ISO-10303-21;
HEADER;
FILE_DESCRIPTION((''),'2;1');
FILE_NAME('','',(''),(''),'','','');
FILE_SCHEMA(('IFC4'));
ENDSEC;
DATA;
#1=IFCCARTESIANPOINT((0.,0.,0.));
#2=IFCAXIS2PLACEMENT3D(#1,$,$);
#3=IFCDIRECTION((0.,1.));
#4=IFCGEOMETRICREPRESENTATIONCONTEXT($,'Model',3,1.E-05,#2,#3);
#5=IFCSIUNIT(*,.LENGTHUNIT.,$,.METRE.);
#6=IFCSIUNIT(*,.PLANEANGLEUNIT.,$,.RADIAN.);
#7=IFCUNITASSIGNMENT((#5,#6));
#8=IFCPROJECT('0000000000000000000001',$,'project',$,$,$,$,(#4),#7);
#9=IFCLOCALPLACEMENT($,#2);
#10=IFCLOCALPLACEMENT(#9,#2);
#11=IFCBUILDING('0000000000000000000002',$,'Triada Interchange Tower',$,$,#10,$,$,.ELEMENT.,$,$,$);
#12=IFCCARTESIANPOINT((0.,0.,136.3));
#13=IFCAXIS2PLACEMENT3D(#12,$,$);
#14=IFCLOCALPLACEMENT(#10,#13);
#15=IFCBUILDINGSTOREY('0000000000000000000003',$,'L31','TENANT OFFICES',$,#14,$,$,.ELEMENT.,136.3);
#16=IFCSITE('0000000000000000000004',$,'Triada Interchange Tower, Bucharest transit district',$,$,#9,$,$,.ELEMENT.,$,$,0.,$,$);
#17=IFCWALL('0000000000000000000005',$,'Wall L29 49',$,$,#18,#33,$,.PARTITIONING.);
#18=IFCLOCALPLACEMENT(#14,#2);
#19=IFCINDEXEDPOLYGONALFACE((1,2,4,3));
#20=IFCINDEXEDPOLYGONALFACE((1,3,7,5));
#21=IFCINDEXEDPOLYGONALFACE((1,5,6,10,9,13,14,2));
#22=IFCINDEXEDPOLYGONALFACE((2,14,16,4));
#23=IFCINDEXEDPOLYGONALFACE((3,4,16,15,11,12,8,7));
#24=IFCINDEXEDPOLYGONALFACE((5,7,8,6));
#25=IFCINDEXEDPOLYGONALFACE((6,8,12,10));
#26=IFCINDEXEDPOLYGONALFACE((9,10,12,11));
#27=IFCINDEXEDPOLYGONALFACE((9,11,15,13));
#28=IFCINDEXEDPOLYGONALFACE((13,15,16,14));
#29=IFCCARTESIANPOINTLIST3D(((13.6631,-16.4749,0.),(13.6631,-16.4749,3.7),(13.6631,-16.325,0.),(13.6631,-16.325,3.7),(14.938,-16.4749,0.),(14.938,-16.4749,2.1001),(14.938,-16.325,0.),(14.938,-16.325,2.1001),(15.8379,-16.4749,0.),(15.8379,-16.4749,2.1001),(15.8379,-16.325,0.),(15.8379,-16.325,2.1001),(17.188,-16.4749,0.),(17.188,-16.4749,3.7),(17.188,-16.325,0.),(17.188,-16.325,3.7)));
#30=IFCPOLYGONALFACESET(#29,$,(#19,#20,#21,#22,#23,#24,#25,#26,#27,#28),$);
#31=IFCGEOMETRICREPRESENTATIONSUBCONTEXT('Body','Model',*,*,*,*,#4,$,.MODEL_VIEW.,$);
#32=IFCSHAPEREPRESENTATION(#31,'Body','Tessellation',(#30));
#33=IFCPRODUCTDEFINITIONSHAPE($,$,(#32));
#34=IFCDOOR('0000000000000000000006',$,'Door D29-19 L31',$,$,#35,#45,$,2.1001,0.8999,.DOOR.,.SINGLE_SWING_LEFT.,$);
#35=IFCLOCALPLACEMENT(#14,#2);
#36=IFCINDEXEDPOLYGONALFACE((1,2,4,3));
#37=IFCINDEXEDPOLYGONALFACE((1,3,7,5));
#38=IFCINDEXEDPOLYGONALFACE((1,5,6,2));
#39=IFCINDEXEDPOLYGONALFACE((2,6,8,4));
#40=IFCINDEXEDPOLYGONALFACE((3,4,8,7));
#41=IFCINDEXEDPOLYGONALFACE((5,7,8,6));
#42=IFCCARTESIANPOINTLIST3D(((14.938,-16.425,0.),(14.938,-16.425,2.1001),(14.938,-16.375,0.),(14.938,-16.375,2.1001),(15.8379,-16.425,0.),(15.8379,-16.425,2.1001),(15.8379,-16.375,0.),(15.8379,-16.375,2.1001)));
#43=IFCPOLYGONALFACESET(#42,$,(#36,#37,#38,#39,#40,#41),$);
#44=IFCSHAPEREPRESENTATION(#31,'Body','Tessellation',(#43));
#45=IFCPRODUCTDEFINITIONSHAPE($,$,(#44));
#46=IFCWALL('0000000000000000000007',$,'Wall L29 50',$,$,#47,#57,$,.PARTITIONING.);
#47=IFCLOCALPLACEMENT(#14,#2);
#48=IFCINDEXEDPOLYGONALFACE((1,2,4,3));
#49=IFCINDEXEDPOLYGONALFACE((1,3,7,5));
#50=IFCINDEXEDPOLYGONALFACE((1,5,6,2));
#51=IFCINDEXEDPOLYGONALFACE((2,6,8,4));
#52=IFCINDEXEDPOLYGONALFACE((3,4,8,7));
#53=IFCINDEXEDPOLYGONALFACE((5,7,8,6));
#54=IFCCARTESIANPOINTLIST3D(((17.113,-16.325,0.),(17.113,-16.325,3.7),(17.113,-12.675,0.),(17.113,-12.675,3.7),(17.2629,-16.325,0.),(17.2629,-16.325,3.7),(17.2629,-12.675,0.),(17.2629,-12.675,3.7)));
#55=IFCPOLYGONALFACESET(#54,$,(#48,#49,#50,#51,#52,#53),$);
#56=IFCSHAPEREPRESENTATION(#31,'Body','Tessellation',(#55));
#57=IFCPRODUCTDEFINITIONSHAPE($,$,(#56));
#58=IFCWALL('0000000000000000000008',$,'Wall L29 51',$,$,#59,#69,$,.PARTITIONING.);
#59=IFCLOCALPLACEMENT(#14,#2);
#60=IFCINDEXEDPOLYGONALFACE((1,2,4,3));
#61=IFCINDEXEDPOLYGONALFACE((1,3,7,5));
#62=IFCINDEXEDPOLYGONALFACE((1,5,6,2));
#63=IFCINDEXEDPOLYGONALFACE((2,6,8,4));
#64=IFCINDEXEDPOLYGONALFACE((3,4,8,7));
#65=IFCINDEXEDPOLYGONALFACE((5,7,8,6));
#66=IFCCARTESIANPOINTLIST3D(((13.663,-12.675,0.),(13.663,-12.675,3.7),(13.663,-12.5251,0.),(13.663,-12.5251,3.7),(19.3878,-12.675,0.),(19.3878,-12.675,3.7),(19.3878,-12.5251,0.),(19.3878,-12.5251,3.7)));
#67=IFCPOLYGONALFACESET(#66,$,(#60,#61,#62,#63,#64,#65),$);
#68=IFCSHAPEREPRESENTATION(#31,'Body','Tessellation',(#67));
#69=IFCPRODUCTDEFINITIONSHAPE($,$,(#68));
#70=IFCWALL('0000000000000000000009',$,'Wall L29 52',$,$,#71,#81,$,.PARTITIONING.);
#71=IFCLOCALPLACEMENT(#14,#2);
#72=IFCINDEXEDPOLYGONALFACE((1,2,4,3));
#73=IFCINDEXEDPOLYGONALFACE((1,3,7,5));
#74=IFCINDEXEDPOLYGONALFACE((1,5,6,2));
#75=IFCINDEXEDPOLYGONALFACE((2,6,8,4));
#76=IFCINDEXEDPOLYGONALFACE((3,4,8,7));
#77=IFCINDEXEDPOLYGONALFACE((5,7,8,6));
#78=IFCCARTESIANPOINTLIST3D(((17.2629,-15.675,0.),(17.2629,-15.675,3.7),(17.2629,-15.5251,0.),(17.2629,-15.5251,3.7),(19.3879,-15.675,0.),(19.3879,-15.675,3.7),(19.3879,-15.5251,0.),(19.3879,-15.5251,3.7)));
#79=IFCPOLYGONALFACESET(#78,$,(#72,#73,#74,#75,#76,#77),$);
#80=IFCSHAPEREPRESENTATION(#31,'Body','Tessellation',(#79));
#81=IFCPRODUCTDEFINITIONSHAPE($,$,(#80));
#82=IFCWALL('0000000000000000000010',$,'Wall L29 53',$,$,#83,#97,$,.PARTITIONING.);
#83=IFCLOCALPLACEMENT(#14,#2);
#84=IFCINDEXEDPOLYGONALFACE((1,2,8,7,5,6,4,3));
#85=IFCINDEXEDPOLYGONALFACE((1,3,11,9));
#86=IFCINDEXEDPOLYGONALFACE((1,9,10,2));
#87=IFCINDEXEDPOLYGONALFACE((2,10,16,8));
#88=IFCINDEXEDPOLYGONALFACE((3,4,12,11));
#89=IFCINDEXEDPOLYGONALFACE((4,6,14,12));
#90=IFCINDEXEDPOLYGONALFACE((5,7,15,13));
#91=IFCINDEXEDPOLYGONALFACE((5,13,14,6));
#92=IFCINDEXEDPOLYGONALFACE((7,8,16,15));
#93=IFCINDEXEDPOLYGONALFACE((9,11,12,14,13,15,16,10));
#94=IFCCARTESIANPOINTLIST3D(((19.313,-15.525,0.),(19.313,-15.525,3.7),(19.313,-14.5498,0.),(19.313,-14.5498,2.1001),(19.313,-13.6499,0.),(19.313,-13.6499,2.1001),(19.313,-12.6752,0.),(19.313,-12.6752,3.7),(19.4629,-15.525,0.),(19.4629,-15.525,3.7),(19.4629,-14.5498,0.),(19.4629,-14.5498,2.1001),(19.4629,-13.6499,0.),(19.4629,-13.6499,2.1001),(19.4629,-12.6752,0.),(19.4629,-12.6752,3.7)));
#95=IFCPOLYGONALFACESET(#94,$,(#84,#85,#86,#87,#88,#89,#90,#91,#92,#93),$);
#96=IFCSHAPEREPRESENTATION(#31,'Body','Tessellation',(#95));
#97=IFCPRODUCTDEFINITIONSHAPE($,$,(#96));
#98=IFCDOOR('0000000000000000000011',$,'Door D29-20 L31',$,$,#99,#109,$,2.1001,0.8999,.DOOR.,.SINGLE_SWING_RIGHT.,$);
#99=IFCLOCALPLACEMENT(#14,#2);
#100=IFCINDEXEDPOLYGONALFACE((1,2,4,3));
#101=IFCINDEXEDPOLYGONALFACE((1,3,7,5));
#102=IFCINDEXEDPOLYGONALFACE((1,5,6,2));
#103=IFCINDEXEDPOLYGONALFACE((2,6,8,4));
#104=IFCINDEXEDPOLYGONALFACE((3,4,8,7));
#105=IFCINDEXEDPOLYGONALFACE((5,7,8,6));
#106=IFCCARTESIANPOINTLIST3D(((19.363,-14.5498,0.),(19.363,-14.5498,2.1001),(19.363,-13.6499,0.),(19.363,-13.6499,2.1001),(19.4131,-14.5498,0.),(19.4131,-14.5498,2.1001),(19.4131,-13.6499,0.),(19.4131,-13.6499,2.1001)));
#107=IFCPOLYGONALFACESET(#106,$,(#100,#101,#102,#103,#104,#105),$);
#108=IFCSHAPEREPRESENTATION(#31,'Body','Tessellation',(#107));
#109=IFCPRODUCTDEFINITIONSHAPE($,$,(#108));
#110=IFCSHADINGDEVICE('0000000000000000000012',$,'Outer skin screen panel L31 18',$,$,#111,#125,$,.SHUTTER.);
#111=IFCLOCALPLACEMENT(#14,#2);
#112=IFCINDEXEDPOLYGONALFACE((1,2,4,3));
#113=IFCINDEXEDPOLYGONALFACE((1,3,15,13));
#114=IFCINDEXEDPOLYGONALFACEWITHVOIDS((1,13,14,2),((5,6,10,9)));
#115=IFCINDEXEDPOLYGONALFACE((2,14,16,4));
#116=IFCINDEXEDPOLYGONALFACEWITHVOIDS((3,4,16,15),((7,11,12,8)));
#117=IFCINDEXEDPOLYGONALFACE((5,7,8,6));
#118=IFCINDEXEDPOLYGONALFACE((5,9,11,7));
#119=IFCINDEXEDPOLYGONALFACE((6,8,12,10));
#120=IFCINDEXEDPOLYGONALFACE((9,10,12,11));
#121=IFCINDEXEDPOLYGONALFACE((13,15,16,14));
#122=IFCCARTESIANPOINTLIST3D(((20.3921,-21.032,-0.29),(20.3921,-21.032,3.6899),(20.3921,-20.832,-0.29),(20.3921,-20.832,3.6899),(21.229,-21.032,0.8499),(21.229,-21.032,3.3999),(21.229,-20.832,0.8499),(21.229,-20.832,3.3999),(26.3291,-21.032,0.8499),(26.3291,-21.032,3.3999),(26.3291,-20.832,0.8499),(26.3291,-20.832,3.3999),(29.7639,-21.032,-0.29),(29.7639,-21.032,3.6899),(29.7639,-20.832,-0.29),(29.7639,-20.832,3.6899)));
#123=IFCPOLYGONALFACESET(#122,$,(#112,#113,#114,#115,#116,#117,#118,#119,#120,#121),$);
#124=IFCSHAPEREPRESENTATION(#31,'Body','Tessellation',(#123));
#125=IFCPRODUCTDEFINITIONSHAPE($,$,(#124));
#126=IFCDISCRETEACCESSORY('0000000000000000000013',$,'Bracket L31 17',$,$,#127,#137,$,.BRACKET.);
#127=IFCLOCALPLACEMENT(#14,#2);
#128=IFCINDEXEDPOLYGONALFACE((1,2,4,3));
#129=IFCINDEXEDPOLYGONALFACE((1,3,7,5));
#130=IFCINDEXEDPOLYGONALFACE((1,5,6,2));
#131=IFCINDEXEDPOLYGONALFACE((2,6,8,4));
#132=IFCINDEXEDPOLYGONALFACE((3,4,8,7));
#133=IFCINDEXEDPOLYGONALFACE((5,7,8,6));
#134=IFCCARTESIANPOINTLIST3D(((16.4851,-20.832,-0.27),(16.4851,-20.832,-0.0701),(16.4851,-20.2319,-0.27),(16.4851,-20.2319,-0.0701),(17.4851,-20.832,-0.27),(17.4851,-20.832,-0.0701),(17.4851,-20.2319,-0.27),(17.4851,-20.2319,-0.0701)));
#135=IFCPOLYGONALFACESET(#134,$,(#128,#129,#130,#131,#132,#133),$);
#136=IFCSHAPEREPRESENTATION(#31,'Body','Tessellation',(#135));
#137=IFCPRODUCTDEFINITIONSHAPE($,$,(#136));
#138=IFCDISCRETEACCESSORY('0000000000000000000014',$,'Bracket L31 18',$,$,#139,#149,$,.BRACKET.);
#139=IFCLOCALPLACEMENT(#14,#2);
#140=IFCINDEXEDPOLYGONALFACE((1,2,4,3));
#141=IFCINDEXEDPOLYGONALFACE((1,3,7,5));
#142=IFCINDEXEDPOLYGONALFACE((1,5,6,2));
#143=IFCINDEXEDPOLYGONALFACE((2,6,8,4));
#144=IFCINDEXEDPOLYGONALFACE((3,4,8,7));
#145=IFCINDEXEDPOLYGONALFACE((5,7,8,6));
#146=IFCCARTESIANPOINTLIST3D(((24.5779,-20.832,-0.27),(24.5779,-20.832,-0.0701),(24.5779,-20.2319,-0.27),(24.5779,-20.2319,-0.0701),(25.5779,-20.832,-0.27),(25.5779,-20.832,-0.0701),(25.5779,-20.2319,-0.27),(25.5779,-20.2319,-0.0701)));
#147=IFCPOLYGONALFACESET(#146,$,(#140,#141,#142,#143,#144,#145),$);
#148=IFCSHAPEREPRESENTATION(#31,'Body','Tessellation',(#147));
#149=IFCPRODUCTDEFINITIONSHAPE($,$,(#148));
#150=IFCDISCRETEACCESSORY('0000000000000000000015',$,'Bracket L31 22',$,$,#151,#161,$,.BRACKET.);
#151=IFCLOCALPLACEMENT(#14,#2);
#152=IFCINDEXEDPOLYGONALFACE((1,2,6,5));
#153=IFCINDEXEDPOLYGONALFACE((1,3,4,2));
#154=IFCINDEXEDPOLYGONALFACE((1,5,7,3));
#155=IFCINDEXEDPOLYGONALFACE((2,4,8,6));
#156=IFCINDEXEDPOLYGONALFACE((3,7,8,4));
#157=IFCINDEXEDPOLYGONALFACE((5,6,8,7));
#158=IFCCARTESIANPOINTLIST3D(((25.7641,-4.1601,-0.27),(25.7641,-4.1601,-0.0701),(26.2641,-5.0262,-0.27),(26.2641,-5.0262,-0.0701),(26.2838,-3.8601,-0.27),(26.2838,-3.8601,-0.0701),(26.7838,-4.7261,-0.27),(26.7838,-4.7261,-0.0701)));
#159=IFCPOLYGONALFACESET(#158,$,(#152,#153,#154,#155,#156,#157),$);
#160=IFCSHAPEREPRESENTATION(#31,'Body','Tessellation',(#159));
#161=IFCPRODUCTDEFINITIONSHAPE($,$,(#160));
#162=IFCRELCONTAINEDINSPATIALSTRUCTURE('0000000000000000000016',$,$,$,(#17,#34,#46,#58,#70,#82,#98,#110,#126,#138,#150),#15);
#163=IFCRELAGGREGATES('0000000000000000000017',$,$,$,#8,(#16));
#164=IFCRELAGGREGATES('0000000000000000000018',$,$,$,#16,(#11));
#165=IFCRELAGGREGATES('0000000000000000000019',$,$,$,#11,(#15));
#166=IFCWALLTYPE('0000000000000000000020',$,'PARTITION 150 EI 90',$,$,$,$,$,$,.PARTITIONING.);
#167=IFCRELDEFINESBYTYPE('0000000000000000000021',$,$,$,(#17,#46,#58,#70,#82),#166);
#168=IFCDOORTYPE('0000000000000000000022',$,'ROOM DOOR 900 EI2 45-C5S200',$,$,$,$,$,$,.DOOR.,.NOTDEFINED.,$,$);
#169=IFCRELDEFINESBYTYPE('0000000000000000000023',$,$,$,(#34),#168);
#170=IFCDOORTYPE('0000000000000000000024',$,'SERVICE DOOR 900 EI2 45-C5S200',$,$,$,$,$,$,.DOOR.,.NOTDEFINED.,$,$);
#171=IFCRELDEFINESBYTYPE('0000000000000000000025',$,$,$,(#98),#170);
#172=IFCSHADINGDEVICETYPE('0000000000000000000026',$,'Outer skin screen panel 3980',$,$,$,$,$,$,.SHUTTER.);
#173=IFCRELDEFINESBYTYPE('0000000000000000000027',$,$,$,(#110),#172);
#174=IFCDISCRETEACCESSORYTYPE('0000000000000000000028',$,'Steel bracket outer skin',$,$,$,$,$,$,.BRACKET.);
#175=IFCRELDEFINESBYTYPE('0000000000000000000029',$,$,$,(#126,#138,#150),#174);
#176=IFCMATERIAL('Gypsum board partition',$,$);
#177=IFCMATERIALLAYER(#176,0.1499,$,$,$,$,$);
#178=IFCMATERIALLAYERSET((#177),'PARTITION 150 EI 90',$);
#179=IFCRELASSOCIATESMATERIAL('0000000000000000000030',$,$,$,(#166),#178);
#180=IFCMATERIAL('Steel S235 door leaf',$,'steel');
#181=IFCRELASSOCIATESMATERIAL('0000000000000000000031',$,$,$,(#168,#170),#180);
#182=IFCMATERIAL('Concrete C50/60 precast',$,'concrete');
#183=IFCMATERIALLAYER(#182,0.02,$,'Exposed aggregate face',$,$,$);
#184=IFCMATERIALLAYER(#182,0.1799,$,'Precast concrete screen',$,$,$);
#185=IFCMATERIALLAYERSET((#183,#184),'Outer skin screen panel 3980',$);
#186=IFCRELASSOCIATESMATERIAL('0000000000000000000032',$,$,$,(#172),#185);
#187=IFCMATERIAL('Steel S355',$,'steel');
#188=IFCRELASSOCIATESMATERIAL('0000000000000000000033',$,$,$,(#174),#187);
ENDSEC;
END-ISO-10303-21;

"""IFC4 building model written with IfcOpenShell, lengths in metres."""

from ifc_helpers import new_model, si_unit, direction, frame, frame_2d, origin, origin_2d, place, context, subcontext, project, spatial, polyline, rectangle, outline, extrude, material, layer, layer_set, type_object, element, fill, save


model = new_model("IFC4")

# Units and contexts
model_context = context("Model", 3, precision=1e-05, world=origin(), true_north=direction((0.0, 1.0)))
body_context = subcontext(model_context, "Body", "Model", "MODEL_VIEW")
ifc_project = project(units=[si_unit("LENGTHUNIT", "METRE"), si_unit("PLANEANGLEUNIT", "RADIAN")], contexts=[model_context])

# Site, building, storey
site_placement = place(None, origin())
site = spatial("IfcSite", under=ifc_project, at=site_placement, Name="Triada Interchange Tower, Bucharest transit district", CompositionType="ELEMENT", RefElevation=0.0)
building_placement = place(site_placement, origin())
building = spatial("IfcBuilding", under=site, at=building_placement, Name="Triada Interchange Tower", CompositionType="ELEMENT")
storey_placement = place(building_placement, frame((0.0, 0.0, 136.3)))
storey = spatial("IfcBuildingStorey", under=building, at=storey_placement, Name="L31", Description="TENANT OFFICES", CompositionType="ELEMENT", Elevation=136.3)

# Shared definitions
ifc_material_1 = material(Name="Gypsum board partition")

# Wall, opening, door
ifc_layer_1 = layer(ifc_material_1, 0.1499)
ifc_layer_set_1 = layer_set([ifc_layer_1], Name="PARTITION 150 EI 90")
wall_type_1 = type_object("IfcWallType", Name="PARTITION 150 EI 90", PredefinedType="PARTITIONING", material=ifc_layer_set_1)
wall_1_placement = place(storey_placement, frame((13.6631, -16.3999, 0.0), z_axis=(0.0, 0.0, 1.0), x_axis=(1.0, 0.0, 0.0)))
wall_1 = element("IfcWall", 1, at=wall_1_placement, inside=storey, type_object=wall_type_1, Name="Wall L29 49", PredefinedType="PARTITIONING", context=body_context, shape_type="SweptSolid", body=[
    extrude(rectangle(XDim=3.5249, YDim=0.1499, at=frame_2d((1.7625, 0.0))), origin(), (0.0, 0.0, 1.0), 3.7),
])
opening_1_placement = place(wall_1_placement, frame((1.2749, 0.0, 0.0)))
opening_1 = element("IfcOpeningElement", 2, at=opening_1_placement, cuts=wall_1, PredefinedType="OPENING", context=body_context, shape_type="SweptSolid", body=[
    extrude(rectangle(XDim=0.8999, YDim=2.1001, at=frame_2d((0.45, 1.05))), frame((0.0, 0.085, 0.0), z_axis=(0.0, -1.0, 0.0), x_axis=(1.0, 0.0, 0.0)), (0.0, 0.0, 1.0), 0.1699),
])
ifc_material_2 = material(Name="Steel S235 door leaf", Category="steel")
door_type_1 = type_object("IfcDoorType", Name="ROOM DOOR 900 EI2 45-C5S200", OperationType="NOTDEFINED", PredefinedType="DOOR", material=ifc_material_2)
door_1_placement = place(opening_1_placement, origin())
door_1 = element("IfcDoor", 3, at=door_1_placement, inside=storey, type_object=door_type_1, Name="Door D29-19 L31", OperationType="SINGLE_SWING_LEFT", OverallHeight=2.1001, OverallWidth=0.8999, PredefinedType="DOOR", context=body_context, shape_type="SweptSolid", body=[
    extrude(rectangle(XDim=0.8999, YDim=2.1001, at=frame_2d((0.45, 1.05))), frame((0.0, 0.0249, 0.0), z_axis=(0.0, -1.0, 0.0), x_axis=(1.0, 0.0, 0.0)), (0.0, 0.0, 1.0), 0.05),
])
fill(opening_1, door_1)

# Walls
wall_2_placement = place(storey_placement, frame((17.188, -16.325, 0.0), z_axis=(0.0, 0.0, 1.0), x_axis=(0.0, 1.0, 0.0)))
element("IfcWall", 4, at=wall_2_placement, inside=storey, type_object=wall_type_1, Name="Wall L29 50", PredefinedType="PARTITIONING", context=body_context, shape_type="SweptSolid", body=[
    extrude(rectangle(XDim=3.6499, YDim=0.1499, at=frame_2d((1.825, 0.0))), origin(), (0.0, 0.0, 1.0), 3.7),
])
wall_3_placement = place(storey_placement, frame((13.6631, -12.6001, 0.0), z_axis=(0.0, 0.0, 1.0), x_axis=(1.0, 0.0, 0.0)))
element("IfcWall", 5, at=wall_3_placement, inside=storey, type_object=wall_type_1, Name="Wall L29 51", PredefinedType="PARTITIONING", context=body_context, shape_type="SweptSolid", body=[
    extrude(rectangle(XDim=5.7249, YDim=0.1499, at=frame_2d((2.8623, 0.0))), origin(), (0.0, 0.0, 1.0), 3.7),
])
wall_4_placement = place(storey_placement, frame((17.2629, -15.6001, 0.0), z_axis=(0.0, 0.0, 1.0), x_axis=(1.0, 0.0, 0.0)))
element("IfcWall", 6, at=wall_4_placement, inside=storey, type_object=wall_type_1, Name="Wall L29 52", PredefinedType="PARTITIONING", context=body_context, shape_type="SweptSolid", body=[
    extrude(rectangle(XDim=2.125, YDim=0.1499, at=frame_2d((1.0625, 0.0))), origin(), (0.0, 0.0, 1.0), 3.7),
])

# Wall, opening, door
wall_5_placement = place(storey_placement, frame((19.3879, -15.5249, 0.0), z_axis=(0.0, 0.0, 1.0), x_axis=(0.0, 1.0, 0.0)))
wall_5 = element("IfcWall", 7, at=wall_5_placement, inside=storey, type_object=wall_type_1, Name="Wall L29 53", PredefinedType="PARTITIONING", context=body_context, shape_type="SweptSolid", body=[
    extrude(rectangle(XDim=2.8499, YDim=0.1499, at=frame_2d((1.4248, 0.0))), origin(), (0.0, 0.0, 1.0), 3.7),
])
opening_2_placement = place(wall_5_placement, frame((0.9751, 0.0, 0.0)))
opening_2 = element("IfcOpeningElement", 8, at=opening_2_placement, cuts=wall_5, PredefinedType="OPENING", context=body_context, shape_type="SweptSolid", body=[
    extrude(rectangle(XDim=0.8999, YDim=2.1001, at=frame_2d((0.45, 1.05))), frame((0.0, 0.085, 0.0), z_axis=(0.0, -1.0, 0.0), x_axis=(1.0, 0.0, 0.0)), (0.0, 0.0, 1.0), 0.1699),
])
door_type_2 = type_object("IfcDoorType", Name="SERVICE DOOR 900 EI2 45-C5S200", OperationType="NOTDEFINED", PredefinedType="DOOR", material=ifc_material_2)
door_2_placement = place(opening_2_placement, origin())
door_2 = element("IfcDoor", 9, at=door_2_placement, inside=storey, type_object=door_type_2, Name="Door D29-20 L31", OperationType="SINGLE_SWING_RIGHT", OverallHeight=2.1001, OverallWidth=0.8999, PredefinedType="DOOR", context=body_context, shape_type="SweptSolid", body=[
    extrude(rectangle(XDim=0.8999, YDim=2.1001, at=frame_2d((0.45, 1.05))), frame((0.0, 0.0249, 0.0), z_axis=(0.0, -1.0, 0.0), x_axis=(1.0, 0.0, 0.0)), (0.0, 0.0, 1.0), 0.05),
])
fill(opening_2, door_2)

# Shading device
ifc_material_3 = material(Name="Concrete C50/60 precast", Category="concrete")
ifc_layer_2 = layer(ifc_material_3, 0.02, Name="Exposed aggregate face")
ifc_layer_3 = layer(ifc_material_3, 0.1799, Name="Precast concrete screen")
ifc_layer_set_2 = layer_set([ifc_layer_2, ifc_layer_3], Name="Outer skin screen panel 3980")
shading_device_type = type_object("IfcShadingDeviceType", Name="Outer skin screen panel 3980", PredefinedType="SHUTTER", material=ifc_layer_set_2)
shading_device_placement = place(storey_placement, frame((20.3921, -20.832, -0.29), z_axis=(0.0, 0.0, 1.0), x_axis=(1.0, 0.0, 0.0)))
element("IfcShadingDevice", 10, at=shading_device_placement, inside=storey, type_object=shading_device_type, Name="Outer skin screen panel L31 18", PredefinedType="SHUTTER", context=body_context, shape_type="SweptSolid", body=[
    extrude(outline(polyline([(0.0, 0.0), (9.3718, 0.0), (9.3718, 3.98), (0.0, 3.98), (0.0, 0.0)]), holes=[polyline([(0.8369, 1.1399), (0.8369, 3.6899), (5.937, 3.6899), (5.937, 1.1399), (0.8369, 1.1399)])]), frame((0.0, 0.0, 0.0), z_axis=(0.0, -1.0, 0.0), x_axis=(1.0, 0.0, 0.0)), (0.0, 0.0, 1.0), 0.2),
])

# Discrete accessories
ifc_material_4 = material(Name="Steel S355", Category="steel")
discrete_accessory_type = type_object("IfcDiscreteAccessoryType", Name="Steel bracket outer skin", PredefinedType="BRACKET", material=ifc_material_4)
for number, where, z_axis, x_axis, name in (
    (11, (16.9851, -20.532, -0.27), (0.0, 0.0, 1.0), (0.0, -1.0, 0.0), "Bracket L31 17"),
    (12, (25.0779, -20.532, -0.27), (0.0, 0.0, 1.0), (0.0, -1.0, 0.0), "Bracket L31 18"),
    (13, (26.2739, -4.4431, -0.27), (0.0, 0.0, 1.0), (0.866023, 0.500004, 0.0), "Bracket L31 22"),
):
    element("IfcDiscreteAccessory", number, at=place(storey_placement, frame(where, z_axis=z_axis, x_axis=x_axis)), inside=storey, type_object=discrete_accessory_type, Name=name, PredefinedType="BRACKET", context=body_context, shape_type="SweptSolid", body=[
        extrude(rectangle(XDim=0.6001, YDim=1.0, at=origin_2d()), origin(), (0.0, 0.0, 1.0), 0.2),
    ])

save(model, "model.ifc")
